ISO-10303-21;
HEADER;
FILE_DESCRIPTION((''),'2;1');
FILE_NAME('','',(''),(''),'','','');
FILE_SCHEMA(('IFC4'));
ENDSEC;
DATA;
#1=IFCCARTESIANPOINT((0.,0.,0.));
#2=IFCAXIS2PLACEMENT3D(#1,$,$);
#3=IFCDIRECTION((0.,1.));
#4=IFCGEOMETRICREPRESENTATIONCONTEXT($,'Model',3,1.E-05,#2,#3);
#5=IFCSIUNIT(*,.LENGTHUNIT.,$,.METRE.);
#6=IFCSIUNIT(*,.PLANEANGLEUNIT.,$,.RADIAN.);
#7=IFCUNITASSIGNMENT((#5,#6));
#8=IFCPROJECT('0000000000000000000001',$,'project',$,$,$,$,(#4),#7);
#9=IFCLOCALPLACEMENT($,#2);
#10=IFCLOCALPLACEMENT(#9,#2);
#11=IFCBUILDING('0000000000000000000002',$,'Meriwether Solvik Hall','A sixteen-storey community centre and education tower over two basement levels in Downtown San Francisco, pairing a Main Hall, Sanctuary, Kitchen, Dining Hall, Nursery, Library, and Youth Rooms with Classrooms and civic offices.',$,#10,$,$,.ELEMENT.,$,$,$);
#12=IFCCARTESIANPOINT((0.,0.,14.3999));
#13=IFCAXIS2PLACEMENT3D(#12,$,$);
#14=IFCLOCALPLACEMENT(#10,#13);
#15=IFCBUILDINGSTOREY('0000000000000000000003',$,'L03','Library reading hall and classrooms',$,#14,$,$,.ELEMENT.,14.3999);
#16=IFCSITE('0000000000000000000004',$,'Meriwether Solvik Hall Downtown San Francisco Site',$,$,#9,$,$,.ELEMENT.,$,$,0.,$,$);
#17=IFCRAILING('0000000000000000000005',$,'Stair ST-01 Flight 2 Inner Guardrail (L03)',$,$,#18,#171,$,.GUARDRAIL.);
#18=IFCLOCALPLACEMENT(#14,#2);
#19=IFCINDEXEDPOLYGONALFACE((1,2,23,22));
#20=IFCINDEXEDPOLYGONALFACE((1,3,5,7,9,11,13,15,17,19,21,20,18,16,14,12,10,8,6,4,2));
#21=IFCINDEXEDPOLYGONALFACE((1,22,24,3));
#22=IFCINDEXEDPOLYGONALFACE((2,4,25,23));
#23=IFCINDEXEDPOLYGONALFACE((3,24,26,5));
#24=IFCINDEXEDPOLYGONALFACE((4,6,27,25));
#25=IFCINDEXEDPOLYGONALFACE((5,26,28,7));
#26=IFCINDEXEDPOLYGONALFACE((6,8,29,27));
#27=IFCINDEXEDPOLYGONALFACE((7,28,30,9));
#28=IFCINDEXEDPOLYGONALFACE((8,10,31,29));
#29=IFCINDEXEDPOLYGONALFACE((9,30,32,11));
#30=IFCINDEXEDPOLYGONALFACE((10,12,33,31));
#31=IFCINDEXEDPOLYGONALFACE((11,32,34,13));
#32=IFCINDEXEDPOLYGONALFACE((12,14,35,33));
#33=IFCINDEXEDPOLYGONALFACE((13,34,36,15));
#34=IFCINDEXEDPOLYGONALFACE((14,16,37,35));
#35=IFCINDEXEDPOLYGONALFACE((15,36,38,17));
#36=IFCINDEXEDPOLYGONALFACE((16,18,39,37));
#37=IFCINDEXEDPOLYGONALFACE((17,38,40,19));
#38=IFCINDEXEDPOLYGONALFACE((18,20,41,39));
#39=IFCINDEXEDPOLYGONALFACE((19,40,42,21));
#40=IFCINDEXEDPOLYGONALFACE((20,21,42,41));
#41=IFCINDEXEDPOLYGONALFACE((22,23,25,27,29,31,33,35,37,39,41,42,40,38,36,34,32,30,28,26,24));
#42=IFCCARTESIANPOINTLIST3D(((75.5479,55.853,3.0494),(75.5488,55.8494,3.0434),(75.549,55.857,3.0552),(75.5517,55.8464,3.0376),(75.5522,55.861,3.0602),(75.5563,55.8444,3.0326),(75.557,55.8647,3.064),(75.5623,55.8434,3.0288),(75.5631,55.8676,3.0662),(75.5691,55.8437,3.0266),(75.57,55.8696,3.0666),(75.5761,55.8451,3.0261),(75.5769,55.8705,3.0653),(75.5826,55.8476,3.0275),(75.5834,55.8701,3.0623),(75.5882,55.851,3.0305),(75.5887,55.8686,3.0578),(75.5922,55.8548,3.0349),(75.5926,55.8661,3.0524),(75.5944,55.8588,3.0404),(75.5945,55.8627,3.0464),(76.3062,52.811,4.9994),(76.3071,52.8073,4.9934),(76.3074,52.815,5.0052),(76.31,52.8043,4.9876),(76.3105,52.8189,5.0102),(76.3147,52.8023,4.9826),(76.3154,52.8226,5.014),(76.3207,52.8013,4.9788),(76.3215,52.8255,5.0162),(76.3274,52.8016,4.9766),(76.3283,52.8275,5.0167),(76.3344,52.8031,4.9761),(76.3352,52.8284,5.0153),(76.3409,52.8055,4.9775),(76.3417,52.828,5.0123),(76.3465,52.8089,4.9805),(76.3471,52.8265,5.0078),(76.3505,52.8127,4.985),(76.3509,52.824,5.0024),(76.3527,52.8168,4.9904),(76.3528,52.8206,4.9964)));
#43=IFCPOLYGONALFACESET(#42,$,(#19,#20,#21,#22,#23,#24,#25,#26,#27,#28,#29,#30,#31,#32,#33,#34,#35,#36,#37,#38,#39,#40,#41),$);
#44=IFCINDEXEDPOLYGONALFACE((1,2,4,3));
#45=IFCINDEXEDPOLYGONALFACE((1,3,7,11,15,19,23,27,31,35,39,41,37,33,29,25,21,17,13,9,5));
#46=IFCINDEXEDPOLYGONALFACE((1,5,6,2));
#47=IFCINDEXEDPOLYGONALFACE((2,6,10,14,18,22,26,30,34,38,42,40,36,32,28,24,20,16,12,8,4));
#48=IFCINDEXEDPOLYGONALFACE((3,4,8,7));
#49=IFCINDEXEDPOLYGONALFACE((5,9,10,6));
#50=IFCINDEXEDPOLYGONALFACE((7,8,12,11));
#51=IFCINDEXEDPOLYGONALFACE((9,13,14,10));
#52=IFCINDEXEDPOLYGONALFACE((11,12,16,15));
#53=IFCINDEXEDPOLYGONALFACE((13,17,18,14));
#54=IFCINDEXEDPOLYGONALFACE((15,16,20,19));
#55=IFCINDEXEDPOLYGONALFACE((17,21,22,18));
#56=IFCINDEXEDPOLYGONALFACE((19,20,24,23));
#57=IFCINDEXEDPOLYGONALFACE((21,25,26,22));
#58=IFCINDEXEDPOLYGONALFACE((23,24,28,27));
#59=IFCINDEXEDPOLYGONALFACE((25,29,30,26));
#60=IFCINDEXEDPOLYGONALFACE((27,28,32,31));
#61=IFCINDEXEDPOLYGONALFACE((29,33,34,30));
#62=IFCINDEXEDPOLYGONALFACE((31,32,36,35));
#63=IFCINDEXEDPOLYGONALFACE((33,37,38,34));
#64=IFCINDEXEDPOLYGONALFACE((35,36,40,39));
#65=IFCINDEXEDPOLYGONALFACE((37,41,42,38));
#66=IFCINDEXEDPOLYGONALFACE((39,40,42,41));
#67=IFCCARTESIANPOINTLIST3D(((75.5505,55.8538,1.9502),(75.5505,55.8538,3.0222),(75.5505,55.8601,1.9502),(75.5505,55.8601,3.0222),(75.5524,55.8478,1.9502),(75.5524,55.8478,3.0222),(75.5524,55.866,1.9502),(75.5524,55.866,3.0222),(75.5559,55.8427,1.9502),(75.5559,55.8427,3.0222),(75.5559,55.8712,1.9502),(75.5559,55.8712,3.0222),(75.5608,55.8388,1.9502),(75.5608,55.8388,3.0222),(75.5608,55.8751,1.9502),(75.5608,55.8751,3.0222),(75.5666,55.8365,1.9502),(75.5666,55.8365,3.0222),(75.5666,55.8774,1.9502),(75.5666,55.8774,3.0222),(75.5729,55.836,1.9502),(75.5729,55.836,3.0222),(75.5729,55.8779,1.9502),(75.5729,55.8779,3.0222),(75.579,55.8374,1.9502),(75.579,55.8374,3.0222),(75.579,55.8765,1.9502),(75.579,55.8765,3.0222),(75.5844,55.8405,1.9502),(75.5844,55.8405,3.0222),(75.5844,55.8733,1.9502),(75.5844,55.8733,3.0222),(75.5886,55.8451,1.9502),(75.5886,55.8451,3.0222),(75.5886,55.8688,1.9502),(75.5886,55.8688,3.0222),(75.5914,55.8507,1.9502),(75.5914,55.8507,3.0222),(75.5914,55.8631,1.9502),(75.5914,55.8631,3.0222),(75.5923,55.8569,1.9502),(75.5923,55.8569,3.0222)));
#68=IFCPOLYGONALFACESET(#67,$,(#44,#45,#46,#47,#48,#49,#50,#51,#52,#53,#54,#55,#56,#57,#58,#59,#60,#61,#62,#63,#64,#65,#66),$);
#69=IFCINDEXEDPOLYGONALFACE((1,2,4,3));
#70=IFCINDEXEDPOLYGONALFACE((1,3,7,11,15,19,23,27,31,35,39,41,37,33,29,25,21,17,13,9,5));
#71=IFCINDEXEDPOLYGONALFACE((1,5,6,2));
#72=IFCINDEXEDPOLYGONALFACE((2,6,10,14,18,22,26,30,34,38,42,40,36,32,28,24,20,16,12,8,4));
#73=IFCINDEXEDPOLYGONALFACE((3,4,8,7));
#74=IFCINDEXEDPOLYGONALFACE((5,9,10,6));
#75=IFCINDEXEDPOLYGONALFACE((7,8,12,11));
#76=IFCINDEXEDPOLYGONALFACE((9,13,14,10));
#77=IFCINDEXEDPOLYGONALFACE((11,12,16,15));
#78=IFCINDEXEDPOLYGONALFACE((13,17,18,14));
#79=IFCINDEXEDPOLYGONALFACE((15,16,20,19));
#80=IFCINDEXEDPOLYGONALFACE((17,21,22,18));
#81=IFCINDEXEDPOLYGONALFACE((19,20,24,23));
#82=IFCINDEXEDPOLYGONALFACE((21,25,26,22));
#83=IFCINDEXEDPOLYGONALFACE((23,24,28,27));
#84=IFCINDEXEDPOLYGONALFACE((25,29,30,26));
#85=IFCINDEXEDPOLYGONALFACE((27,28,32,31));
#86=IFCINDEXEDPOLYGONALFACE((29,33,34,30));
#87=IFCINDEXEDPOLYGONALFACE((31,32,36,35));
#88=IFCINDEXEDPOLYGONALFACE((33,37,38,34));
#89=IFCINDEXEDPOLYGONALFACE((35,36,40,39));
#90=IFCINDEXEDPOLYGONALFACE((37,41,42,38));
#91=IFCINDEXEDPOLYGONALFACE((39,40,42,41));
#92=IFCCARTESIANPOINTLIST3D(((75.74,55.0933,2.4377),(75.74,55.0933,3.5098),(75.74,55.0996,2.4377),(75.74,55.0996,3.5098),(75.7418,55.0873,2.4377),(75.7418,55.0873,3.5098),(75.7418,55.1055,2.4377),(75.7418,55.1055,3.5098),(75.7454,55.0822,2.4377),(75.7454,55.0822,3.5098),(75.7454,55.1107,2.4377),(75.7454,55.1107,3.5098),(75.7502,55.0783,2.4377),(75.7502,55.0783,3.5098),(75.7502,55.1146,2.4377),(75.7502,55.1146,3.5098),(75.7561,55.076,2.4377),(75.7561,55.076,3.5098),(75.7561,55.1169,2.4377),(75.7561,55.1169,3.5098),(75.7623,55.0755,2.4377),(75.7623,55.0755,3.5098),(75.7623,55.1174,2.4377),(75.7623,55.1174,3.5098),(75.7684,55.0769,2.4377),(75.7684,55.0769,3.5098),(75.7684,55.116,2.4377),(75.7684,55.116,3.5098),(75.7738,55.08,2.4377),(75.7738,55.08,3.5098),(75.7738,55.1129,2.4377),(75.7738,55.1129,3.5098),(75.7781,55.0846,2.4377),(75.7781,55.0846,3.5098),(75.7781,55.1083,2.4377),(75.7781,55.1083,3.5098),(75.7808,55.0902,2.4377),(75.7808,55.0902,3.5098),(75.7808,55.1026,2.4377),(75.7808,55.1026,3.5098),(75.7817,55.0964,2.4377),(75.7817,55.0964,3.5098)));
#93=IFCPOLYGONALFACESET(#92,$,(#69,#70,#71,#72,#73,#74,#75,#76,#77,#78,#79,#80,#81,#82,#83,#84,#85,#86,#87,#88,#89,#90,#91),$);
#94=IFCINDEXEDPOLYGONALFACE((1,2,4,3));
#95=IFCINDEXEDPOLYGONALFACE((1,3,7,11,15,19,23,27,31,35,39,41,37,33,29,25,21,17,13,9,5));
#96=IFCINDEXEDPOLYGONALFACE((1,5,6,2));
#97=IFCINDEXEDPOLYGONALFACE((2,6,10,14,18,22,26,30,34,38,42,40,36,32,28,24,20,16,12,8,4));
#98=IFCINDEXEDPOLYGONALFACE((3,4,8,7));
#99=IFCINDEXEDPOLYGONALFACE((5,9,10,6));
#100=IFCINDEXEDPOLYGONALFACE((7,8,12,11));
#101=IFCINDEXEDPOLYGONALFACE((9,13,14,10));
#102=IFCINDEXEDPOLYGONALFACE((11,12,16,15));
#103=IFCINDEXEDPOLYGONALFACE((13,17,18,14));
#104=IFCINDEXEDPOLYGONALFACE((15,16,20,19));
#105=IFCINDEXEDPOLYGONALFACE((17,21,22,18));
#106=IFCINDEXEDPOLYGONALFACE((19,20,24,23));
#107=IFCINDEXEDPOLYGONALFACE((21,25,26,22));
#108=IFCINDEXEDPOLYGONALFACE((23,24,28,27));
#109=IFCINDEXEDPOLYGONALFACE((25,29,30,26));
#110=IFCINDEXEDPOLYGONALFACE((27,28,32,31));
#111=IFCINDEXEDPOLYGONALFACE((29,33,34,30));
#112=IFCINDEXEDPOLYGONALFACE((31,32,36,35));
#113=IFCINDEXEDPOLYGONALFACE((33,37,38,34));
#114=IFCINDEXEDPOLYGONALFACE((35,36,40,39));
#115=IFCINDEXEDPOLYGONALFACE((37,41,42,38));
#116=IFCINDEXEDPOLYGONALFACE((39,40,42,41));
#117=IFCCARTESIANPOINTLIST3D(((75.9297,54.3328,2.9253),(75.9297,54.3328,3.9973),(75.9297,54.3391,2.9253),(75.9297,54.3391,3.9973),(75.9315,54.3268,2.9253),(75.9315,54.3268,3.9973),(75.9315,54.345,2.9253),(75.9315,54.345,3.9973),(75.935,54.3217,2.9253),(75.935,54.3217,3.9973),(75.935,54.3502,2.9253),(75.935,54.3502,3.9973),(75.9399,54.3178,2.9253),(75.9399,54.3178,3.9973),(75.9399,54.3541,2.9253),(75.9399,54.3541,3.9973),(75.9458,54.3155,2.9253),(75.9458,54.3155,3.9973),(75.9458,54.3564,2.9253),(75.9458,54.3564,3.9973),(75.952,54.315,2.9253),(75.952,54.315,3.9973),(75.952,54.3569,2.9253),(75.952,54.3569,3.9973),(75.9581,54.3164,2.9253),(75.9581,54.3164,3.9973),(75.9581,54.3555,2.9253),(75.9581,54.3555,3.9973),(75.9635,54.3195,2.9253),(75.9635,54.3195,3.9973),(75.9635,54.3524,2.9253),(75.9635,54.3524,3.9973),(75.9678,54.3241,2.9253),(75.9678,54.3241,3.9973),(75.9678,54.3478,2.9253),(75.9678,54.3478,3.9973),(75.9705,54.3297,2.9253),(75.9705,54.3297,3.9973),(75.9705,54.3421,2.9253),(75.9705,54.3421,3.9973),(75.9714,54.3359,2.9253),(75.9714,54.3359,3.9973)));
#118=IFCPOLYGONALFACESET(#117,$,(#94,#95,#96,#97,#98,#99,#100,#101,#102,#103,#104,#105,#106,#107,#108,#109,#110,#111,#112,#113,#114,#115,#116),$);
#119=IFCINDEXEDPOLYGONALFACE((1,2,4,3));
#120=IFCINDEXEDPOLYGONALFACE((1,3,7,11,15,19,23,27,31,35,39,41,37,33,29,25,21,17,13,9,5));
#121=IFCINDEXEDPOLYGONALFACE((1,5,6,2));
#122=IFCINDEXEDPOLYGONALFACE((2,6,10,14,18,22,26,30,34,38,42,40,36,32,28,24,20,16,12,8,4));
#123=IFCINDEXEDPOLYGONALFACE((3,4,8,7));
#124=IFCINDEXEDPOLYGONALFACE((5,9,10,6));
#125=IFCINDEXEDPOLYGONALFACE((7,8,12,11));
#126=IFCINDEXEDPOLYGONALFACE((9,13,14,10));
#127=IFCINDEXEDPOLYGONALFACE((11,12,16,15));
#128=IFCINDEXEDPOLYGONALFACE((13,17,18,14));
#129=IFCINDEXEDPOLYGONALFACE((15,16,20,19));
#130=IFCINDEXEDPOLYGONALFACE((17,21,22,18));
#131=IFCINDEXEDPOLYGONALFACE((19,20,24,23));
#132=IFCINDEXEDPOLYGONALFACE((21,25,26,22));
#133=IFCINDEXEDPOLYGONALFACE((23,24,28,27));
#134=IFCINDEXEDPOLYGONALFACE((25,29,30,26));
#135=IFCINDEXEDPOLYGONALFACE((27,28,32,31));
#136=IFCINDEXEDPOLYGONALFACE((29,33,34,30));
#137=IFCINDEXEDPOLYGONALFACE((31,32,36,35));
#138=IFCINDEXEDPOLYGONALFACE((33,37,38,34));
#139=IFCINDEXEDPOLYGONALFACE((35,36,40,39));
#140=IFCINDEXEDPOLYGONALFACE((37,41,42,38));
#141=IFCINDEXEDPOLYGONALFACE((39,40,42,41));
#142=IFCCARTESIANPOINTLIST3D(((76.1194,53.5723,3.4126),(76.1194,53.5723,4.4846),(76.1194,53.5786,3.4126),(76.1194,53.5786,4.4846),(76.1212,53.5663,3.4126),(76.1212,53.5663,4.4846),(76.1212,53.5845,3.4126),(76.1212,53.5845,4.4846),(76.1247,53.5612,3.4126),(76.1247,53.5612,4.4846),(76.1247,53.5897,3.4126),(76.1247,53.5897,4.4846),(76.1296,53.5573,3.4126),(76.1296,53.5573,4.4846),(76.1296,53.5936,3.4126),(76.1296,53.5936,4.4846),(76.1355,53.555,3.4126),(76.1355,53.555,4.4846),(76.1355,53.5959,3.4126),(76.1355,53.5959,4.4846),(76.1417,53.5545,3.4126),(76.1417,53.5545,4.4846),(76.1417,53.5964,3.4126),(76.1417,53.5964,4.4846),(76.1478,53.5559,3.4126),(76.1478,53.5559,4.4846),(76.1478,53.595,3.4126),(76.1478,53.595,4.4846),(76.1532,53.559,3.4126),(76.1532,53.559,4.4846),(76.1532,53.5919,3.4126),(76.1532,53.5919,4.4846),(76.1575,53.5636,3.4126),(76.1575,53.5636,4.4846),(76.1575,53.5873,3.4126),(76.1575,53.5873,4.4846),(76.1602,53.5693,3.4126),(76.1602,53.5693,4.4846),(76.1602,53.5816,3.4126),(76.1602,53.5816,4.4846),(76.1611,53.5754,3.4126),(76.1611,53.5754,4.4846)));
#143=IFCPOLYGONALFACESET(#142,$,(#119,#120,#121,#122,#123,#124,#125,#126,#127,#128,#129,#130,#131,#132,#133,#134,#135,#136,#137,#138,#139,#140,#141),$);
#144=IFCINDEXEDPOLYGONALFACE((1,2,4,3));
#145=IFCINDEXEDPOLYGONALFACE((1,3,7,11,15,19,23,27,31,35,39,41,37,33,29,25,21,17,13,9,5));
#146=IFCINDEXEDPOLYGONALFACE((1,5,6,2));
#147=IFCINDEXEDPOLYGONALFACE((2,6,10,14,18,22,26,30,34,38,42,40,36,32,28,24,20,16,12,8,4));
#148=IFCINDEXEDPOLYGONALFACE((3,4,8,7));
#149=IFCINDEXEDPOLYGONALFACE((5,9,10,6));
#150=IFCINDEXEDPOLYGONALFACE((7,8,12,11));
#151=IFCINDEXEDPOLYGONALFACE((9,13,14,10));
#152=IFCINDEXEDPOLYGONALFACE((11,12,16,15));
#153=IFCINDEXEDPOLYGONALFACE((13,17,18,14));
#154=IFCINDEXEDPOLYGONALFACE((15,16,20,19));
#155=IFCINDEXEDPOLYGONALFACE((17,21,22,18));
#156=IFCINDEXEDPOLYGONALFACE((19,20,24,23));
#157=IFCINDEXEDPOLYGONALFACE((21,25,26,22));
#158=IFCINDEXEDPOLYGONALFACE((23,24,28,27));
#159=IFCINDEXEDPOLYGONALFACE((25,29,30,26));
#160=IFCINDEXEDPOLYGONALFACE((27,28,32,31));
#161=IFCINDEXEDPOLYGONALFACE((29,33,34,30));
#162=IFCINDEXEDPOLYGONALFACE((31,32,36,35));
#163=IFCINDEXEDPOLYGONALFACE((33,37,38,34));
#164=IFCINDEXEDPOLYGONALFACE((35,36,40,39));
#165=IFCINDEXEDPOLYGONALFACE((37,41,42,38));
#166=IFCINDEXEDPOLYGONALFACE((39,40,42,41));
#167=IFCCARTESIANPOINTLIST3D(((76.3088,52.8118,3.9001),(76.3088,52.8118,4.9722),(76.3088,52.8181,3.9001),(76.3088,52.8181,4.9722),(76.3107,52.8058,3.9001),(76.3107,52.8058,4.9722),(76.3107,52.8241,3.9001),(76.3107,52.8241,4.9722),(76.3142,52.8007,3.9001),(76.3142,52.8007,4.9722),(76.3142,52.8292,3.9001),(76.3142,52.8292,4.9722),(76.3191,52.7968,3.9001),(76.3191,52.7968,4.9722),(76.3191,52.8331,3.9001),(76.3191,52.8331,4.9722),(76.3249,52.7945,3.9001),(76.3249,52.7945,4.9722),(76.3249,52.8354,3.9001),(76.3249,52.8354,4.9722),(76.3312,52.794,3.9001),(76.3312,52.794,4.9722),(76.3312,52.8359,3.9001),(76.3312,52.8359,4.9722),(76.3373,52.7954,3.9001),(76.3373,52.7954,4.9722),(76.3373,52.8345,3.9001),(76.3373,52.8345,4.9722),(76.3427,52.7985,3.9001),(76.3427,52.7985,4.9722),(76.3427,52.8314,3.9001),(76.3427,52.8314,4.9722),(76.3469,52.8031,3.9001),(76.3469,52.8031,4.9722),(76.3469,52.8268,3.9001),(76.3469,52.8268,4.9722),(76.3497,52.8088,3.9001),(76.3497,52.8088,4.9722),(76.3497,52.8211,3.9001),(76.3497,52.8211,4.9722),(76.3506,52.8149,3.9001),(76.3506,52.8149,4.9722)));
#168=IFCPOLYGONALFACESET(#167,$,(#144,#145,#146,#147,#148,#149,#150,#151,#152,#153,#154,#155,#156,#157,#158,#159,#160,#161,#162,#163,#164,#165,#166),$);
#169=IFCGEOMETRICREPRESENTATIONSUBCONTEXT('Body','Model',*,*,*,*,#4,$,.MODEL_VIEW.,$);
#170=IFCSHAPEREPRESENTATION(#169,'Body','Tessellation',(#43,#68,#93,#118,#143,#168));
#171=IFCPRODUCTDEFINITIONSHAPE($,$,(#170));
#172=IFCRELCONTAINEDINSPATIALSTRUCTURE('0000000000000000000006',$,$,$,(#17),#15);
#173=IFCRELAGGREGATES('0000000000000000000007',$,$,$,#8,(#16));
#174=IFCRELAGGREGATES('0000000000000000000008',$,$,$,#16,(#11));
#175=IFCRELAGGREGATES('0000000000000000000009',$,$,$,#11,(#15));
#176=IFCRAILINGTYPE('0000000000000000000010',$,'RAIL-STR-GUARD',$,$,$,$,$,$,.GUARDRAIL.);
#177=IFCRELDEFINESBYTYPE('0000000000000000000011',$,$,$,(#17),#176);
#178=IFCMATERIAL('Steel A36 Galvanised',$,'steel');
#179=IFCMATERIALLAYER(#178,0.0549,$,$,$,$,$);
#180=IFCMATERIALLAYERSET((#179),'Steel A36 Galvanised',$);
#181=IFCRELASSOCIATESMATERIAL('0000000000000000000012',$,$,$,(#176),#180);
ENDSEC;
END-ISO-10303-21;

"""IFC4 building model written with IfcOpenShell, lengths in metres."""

from ifc_helpers import new_model, si_unit, direction, frame, origin, origin_2d, place, context, subcontext, project, spatial, circle, extrude, material, layer, layer_set, type_object, element, save


model = new_model("IFC4")

# Units and contexts
model_context = context("Model", 3, precision=1e-05, world=origin(), true_north=direction((0.0, 1.0)))
body_context = subcontext(model_context, "Body", "Model", "MODEL_VIEW")
ifc_project = project(units=[si_unit("LENGTHUNIT", "METRE"), si_unit("PLANEANGLEUNIT", "RADIAN")], contexts=[model_context])

# Site, building, storey
site_placement = place(None, origin())
site = spatial("IfcSite", under=ifc_project, at=site_placement, Name="Meriwether Solvik Hall Downtown San Francisco Site", CompositionType="ELEMENT", RefElevation=0.0)
building_placement = place(site_placement, origin())
building = spatial("IfcBuilding", under=site, at=building_placement, Name="Meriwether Solvik Hall", Description="A sixteen-storey community centre and education tower over two basement levels in Downtown San Francisco, pairing a Main Hall, Sanctuary, Kitchen, Dining Hall, Nursery, Library, and Youth Rooms with Classrooms and civic offices.", CompositionType="ELEMENT")
storey_placement = place(building_placement, frame((0.0, 0.0, 14.3999)))
storey = spatial("IfcBuildingStorey", under=building, at=storey_placement, Name="L03", Description="Library reading hall and classrooms", CompositionType="ELEMENT", Elevation=14.3999)

# Railing
ifc_material_1 = material(Name="Steel A36 Galvanised", Category="steel")
ifc_layer_1 = layer(ifc_material_1, 0.0549)
ifc_layer_set_1 = layer_set([ifc_layer_1], Name="Steel A36 Galvanised")
railing_type_1 = type_object("IfcRailingType", Name="RAIL-STR-GUARD", PredefinedType="GUARDRAIL", material=ifc_layer_set_1)
railing_1_placement = place(storey_placement, frame((75.5713, 55.8569, 1.9502)))
element("IfcRailing", 1, at=railing_1_placement, inside=storey, type_object=railing_type_1, Name="Stair ST-01 Flight 2 Inner Guardrail (L03)", PredefinedType="GUARDRAIL", context=body_context, shape_type="SweptSolid", body=[
    extrude(circle(Radius=0.0239, at=origin_2d()), frame((0.0, 0.0, 1.0962), z_axis=(0.205389, -0.823936, 0.528152), x_axis=(0.970307, 0.241876, 0.0)), (0.0, 0.0, 1.0), 3.6921),
    extrude(circle(Radius=0.021, at=origin_2d()), origin(), (0.0, 0.0, 1.0), 1.072),
    extrude(circle(Radius=0.021, at=origin_2d()), frame((0.1895, -0.7605, 0.4875)), (0.0, 0.0, 1.0), 1.072),
    extrude(circle(Radius=0.021, at=origin_2d()), frame((0.3792, -1.521, 0.9751)), (0.0, 0.0, 1.0), 1.072),
    extrude(circle(Radius=0.021, at=origin_2d()), frame((0.5688, -2.2815, 1.4624)), (0.0, 0.0, 1.0), 1.072),
    extrude(circle(Radius=0.021, at=origin_2d()), frame((0.7583, -3.042, 1.95)), (0.0, 0.0, 1.0), 1.072),
])

save(model, "model.ifc")
